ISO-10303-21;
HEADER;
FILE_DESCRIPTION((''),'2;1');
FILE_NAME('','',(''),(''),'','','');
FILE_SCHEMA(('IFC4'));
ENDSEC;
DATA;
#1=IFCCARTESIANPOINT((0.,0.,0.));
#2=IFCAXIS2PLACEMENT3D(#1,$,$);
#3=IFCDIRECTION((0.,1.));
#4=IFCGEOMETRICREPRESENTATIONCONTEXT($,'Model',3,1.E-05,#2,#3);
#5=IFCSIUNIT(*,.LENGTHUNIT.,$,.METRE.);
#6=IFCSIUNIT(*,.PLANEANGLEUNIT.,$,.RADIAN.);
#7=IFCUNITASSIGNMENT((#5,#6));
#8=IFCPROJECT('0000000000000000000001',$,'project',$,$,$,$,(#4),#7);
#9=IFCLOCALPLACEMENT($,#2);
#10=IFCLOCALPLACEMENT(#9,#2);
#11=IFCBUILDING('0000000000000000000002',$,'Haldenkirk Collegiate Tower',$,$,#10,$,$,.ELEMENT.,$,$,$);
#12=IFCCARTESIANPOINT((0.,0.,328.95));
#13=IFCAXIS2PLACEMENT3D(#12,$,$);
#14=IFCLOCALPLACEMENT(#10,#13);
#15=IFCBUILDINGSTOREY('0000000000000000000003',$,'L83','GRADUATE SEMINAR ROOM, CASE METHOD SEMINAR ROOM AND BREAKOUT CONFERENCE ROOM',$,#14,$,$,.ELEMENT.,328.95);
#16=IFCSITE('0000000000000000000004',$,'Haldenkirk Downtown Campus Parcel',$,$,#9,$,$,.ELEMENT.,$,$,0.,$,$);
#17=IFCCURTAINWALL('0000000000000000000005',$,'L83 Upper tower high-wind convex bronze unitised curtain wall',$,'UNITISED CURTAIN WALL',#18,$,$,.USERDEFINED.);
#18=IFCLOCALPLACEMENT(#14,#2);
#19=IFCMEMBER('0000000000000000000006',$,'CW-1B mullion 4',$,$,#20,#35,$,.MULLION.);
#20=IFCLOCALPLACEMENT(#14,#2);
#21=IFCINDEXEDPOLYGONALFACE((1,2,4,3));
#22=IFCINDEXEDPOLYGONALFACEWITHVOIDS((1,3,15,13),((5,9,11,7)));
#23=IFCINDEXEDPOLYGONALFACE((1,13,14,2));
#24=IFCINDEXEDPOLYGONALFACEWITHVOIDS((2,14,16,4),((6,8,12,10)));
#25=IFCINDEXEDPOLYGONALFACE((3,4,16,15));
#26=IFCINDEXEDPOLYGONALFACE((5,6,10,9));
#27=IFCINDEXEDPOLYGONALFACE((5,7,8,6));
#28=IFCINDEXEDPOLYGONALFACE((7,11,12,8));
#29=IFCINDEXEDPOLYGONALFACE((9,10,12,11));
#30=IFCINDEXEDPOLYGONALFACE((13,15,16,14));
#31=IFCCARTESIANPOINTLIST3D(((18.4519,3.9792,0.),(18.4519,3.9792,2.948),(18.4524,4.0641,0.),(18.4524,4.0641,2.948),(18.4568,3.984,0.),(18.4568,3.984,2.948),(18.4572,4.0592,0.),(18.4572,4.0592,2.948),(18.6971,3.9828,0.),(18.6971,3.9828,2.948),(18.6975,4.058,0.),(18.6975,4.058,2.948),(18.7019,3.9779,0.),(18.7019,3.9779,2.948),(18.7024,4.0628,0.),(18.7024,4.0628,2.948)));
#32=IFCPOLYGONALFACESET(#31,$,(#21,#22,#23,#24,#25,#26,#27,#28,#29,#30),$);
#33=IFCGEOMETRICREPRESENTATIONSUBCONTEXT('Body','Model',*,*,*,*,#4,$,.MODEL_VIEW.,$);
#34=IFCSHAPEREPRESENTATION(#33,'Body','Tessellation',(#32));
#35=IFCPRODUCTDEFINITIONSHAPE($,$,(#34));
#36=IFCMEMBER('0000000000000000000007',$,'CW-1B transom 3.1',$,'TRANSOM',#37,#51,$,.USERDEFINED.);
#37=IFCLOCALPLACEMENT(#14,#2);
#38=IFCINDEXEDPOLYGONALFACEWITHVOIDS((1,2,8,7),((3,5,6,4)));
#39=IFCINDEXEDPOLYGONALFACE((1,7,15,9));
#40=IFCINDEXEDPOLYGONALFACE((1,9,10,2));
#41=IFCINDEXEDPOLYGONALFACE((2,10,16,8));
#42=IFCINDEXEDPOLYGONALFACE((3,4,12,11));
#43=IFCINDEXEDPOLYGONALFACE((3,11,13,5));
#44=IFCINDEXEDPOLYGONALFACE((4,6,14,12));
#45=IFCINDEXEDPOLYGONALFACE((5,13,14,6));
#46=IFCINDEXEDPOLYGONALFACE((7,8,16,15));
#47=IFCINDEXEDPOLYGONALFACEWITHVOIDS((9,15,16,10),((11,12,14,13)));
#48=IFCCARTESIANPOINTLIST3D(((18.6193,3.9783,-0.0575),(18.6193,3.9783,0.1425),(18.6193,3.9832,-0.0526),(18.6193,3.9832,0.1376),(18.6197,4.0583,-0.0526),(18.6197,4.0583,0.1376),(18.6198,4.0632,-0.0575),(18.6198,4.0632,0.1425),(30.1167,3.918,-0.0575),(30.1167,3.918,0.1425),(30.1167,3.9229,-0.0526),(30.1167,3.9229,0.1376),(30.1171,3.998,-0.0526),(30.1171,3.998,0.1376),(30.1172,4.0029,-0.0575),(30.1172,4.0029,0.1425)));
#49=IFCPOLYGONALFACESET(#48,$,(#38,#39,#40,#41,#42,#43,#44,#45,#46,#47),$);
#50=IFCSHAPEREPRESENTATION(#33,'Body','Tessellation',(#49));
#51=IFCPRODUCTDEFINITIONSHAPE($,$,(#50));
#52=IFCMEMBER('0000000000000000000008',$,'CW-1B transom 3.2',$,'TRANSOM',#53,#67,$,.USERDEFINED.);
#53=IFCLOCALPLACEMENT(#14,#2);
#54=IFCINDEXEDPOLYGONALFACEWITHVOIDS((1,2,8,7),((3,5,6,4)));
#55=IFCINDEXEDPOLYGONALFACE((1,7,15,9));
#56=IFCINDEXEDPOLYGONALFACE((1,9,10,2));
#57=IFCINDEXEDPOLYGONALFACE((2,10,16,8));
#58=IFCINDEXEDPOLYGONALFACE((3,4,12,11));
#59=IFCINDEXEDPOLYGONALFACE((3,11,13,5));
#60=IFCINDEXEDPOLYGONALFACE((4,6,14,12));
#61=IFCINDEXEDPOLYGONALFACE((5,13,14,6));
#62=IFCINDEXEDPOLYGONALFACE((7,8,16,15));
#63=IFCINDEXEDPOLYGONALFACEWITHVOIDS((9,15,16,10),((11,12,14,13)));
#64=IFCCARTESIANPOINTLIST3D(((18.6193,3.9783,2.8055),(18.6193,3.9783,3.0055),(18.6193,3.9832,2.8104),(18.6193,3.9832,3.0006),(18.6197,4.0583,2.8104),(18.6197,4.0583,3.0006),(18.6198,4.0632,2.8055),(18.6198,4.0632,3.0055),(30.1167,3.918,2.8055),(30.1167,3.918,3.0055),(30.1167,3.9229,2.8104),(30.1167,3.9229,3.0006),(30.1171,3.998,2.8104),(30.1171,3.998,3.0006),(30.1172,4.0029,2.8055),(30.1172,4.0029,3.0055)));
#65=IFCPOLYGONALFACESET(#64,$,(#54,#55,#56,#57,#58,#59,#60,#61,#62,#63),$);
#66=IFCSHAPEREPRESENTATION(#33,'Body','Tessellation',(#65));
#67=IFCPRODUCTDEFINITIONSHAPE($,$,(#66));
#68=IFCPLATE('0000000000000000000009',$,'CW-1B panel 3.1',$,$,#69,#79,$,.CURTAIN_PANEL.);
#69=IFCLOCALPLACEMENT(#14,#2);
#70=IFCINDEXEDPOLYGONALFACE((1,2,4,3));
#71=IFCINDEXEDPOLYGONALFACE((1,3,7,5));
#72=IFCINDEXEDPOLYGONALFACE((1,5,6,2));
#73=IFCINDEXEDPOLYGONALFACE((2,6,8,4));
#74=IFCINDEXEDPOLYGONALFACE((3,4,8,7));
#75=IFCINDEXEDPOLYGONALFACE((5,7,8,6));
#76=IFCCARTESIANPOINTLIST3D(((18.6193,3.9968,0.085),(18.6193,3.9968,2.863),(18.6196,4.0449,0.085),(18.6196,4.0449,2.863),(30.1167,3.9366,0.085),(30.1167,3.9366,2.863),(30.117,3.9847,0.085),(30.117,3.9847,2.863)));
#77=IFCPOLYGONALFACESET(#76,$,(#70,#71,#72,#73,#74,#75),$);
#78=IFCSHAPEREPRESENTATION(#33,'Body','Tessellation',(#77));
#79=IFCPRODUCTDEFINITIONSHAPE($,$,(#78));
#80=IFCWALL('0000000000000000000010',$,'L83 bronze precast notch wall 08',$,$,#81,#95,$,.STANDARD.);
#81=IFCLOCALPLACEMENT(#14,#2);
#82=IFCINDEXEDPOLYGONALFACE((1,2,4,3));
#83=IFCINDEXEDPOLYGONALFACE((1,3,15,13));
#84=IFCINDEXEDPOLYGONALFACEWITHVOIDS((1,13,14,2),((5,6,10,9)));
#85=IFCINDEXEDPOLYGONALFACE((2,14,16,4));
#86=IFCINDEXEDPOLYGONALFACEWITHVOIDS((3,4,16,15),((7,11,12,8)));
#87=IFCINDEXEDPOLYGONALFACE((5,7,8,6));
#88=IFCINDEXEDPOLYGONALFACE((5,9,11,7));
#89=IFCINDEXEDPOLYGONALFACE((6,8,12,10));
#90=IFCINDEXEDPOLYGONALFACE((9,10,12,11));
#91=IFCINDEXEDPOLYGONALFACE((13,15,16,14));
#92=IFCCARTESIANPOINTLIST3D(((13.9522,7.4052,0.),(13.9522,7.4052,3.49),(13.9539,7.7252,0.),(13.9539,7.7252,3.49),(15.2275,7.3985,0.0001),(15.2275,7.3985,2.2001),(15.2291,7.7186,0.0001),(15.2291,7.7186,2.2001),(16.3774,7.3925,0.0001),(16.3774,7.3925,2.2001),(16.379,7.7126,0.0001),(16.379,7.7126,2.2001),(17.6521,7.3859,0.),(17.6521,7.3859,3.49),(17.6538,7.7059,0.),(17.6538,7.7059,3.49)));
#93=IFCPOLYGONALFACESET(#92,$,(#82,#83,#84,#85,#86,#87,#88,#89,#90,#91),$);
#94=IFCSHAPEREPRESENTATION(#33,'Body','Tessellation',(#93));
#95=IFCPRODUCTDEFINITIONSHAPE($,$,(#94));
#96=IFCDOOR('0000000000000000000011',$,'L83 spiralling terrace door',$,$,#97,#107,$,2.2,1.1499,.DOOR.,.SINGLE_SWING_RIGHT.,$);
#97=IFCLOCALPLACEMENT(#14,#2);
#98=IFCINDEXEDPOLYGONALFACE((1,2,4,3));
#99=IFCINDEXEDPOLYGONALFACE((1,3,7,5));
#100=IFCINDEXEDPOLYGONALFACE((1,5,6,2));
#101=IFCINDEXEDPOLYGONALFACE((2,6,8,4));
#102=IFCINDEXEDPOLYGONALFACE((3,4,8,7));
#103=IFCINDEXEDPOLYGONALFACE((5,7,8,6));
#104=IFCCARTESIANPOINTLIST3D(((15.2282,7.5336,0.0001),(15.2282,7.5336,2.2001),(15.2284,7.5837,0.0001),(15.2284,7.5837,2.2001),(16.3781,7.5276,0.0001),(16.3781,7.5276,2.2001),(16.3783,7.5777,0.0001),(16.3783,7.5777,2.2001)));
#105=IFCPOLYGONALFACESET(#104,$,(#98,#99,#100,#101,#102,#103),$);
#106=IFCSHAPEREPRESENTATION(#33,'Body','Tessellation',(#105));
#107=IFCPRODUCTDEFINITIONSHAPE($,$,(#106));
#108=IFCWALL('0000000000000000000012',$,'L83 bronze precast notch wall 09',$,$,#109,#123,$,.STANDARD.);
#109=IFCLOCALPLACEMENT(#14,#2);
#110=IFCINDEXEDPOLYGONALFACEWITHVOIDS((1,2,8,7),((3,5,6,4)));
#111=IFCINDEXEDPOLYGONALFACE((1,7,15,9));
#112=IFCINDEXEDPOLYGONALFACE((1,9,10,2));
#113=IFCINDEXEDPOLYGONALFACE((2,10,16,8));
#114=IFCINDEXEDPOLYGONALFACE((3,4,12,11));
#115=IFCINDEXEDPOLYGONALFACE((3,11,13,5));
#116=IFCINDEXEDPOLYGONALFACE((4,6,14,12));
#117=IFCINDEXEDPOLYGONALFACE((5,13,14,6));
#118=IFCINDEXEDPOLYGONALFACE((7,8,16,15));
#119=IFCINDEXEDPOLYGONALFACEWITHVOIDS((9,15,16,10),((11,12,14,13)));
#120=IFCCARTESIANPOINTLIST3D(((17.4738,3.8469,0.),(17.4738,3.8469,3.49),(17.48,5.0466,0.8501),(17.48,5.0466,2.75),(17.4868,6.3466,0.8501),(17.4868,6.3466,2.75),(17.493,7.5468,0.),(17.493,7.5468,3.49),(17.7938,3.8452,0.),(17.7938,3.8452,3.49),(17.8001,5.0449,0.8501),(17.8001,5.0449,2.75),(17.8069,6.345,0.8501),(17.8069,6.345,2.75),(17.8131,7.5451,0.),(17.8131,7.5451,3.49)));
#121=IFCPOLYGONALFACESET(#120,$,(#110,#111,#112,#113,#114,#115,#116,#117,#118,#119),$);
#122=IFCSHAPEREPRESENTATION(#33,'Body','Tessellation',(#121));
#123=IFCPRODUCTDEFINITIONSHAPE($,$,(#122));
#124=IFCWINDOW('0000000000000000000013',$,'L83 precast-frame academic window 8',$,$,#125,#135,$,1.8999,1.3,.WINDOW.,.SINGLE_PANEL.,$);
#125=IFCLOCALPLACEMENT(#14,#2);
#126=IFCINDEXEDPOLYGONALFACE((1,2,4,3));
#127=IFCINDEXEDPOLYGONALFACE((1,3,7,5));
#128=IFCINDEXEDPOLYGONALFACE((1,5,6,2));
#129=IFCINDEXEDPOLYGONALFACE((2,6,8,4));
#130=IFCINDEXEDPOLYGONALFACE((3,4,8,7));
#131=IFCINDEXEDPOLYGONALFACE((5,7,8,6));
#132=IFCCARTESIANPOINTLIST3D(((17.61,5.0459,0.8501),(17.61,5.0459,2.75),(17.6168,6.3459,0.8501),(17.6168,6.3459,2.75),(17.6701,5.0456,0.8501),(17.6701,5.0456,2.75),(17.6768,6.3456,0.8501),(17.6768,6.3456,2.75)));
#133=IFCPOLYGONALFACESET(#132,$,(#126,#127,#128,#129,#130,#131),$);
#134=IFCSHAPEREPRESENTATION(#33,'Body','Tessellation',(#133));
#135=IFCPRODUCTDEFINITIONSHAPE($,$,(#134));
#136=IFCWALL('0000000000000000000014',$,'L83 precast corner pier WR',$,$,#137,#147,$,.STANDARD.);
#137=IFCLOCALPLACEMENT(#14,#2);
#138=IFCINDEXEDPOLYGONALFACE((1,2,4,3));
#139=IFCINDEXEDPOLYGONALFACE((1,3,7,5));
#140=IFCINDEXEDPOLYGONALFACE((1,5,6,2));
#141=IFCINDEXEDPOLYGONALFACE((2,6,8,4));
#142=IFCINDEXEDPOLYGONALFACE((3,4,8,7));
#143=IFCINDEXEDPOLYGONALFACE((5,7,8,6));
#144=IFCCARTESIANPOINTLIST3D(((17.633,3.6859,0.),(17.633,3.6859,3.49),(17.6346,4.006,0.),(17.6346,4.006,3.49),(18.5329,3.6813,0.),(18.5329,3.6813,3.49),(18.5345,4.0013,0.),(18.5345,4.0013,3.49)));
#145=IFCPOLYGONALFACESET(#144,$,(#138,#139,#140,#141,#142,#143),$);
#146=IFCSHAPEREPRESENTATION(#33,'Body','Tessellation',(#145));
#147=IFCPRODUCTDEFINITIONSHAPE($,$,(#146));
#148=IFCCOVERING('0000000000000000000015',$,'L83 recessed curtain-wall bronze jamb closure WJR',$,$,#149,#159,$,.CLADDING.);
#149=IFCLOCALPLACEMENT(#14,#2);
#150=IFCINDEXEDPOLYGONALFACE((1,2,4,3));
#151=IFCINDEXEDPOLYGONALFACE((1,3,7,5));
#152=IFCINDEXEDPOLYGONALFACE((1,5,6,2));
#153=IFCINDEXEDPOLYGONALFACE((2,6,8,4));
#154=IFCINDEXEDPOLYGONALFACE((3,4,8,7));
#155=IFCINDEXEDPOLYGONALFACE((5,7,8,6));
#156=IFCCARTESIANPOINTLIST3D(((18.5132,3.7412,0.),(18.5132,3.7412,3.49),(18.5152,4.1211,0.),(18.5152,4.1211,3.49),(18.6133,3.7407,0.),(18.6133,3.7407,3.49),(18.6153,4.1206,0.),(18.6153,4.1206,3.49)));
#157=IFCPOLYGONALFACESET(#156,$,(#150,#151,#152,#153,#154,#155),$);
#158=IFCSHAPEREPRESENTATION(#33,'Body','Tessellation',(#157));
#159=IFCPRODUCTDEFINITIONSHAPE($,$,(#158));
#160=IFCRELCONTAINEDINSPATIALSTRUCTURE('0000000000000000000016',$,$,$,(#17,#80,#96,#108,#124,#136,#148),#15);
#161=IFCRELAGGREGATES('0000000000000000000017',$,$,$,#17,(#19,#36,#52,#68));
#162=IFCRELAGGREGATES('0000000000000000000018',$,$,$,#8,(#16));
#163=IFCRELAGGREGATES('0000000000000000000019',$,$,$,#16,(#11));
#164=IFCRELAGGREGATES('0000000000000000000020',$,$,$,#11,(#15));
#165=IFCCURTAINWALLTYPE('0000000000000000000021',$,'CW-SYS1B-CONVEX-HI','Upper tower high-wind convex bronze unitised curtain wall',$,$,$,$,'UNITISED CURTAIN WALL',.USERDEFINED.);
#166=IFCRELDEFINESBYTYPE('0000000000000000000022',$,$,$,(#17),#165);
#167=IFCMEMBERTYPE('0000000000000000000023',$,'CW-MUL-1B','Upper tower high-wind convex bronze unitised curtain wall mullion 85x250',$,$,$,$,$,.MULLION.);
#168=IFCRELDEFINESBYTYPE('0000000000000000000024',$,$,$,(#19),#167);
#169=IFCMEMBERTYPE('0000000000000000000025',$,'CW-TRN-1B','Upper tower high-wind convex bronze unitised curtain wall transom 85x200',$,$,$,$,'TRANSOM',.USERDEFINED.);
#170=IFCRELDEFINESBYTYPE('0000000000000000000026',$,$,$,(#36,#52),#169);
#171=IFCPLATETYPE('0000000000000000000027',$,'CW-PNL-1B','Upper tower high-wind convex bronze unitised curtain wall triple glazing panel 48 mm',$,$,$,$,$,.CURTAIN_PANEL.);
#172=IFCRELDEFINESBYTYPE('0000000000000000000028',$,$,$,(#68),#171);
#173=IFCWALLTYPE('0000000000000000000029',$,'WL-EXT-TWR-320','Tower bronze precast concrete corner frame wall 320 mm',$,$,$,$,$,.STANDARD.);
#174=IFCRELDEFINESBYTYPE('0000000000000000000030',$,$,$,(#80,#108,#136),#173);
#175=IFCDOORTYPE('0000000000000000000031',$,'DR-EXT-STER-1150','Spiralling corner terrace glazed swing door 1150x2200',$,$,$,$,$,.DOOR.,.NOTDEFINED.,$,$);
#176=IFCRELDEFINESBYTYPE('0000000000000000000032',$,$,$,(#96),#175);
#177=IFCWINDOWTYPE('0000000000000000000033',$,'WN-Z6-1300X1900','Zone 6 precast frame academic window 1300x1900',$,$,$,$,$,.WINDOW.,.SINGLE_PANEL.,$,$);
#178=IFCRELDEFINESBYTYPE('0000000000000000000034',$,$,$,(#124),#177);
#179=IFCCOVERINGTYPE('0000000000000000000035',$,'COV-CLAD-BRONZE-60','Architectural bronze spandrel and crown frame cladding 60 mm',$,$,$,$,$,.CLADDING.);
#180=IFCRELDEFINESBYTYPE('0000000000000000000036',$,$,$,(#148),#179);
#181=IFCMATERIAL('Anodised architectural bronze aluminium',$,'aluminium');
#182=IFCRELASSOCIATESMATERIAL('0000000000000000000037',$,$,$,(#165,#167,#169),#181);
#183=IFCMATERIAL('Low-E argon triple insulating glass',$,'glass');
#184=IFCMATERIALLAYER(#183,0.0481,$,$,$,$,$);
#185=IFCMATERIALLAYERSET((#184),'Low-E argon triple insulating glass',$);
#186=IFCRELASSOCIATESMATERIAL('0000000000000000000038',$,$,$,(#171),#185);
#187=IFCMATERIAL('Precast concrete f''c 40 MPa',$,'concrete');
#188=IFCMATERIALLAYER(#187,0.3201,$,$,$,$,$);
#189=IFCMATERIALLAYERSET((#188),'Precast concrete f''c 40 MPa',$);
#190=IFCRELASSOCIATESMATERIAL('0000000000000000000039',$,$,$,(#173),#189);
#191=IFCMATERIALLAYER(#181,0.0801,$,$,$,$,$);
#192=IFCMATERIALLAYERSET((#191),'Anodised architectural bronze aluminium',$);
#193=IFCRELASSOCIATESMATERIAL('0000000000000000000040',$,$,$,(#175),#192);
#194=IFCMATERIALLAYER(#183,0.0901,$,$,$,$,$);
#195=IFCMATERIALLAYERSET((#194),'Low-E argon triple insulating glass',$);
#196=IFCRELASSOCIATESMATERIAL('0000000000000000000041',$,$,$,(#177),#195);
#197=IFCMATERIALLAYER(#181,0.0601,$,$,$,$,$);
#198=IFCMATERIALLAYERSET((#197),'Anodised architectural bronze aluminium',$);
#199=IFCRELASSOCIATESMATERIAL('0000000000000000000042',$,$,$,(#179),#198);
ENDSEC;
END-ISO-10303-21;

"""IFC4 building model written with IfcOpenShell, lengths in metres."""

from ifc_helpers import new_model, si_unit, direction, frame, frame_2d, origin, origin_2d, place, context, subcontext, project, spatial, rectangle, hollow_rectangle, extrude, source, transform, mapped, material, layer, layer_set, material_profile, profile_set, type_object, element, fill, aggregate, save


model = new_model("IFC4")

# Units and contexts
model_context = context("Model", 3, precision=1e-05, world=origin(), true_north=direction((0.0, 1.0)))
body_context = subcontext(model_context, "Body", "Model", "MODEL_VIEW")
ifc_project = project(units=[si_unit("LENGTHUNIT", "METRE"), si_unit("PLANEANGLEUNIT", "RADIAN")], contexts=[model_context])

# Site, building, storey
site_placement = place(None, origin())
site = spatial("IfcSite", under=ifc_project, at=site_placement, Name="Haldenkirk Downtown Campus Parcel", CompositionType="ELEMENT", RefElevation=0.0)
building_placement = place(site_placement, origin())
building = spatial("IfcBuilding", under=site, at=building_placement, Name="Haldenkirk Collegiate Tower", CompositionType="ELEMENT")
storey_placement = place(building_placement, frame((0.0, 0.0, 328.95)))
storey = spatial("IfcBuildingStorey", under=building, at=storey_placement, Name="L83", Description="GRADUATE SEMINAR ROOM, CASE METHOD SEMINAR ROOM AND BREAKOUT CONFERENCE ROOM", CompositionType="ELEMENT", Elevation=328.95)

# Curtain wall, members, plate
ifc_material_1 = material(Name="Anodised architectural bronze aluminium", Category="aluminium")
curtain_wall_type = type_object("IfcCurtainWallType", Name="CW-SYS1B-CONVEX-HI", Description="Upper tower high-wind convex bronze unitised curtain wall", ElementType="UNITISED CURTAIN WALL", PredefinedType="USERDEFINED", material=ifc_material_1)
curtain_wall_placement = place(storey_placement, origin())
curtain_wall = element("IfcCurtainWall", 1, at=curtain_wall_placement, inside=storey, type_object=curtain_wall_type, Name="L83 Upper tower high-wind convex bronze unitised curtain wall", ObjectType="UNITISED CURTAIN WALL", PredefinedType="USERDEFINED")
ifc_material_profile_1 = material_profile(ifc_material_1, hollow_rectangle(XDim=0.085, YDim=0.25, WallThickness=0.0049, at=origin_2d()), Name="CW-MUL-1B")
ifc_profile_set_1 = profile_set([ifc_material_profile_1], Name="Anodised architectural bronze aluminium")
member_type_1 = type_object("IfcMemberType", Name="CW-MUL-1B", Description="Upper tower high-wind convex bronze unitised curtain wall mullion 85x250", PredefinedType="MULLION", material=ifc_profile_set_1)
member_1_placement = place(storey_placement, frame((18.5771, 4.021, 0.0), z_axis=(0.0, 0.0, 1.0), x_axis=(-0.005239, -0.999986, 0.0)))
member_1 = element("IfcMember", 2, at=member_1_placement, type_object=member_type_1, Name="CW-1B mullion 4", PredefinedType="MULLION", context=body_context, shape_type="SweptSolid", body=[
    extrude(hollow_rectangle(XDim=0.085, YDim=0.25, WallThickness=0.0049, at=origin_2d()), origin(), (0.0, 0.0, 1.0), 2.948),
])
ifc_material_profile_2 = material_profile(ifc_material_1, hollow_rectangle(XDim=0.085, YDim=0.2, WallThickness=0.0049, at=origin_2d()), Name="CW-TRN-1B")
ifc_profile_set_2 = profile_set([ifc_material_profile_2], Name="Anodised architectural bronze aluminium")
member_type_2 = type_object("IfcMemberType", Name="CW-TRN-1B", Description="Upper tower high-wind convex bronze unitised curtain wall transom 85x200", ElementType="TRANSOM", PredefinedType="USERDEFINED", material=ifc_profile_set_2)
member_2_placement = place(storey_placement, frame((30.1169, 3.9604, 0.0425), z_axis=(-0.999986, 0.005245, 0.0), x_axis=(-0.005245, -0.999986, 0.0)))
member_2 = element("IfcMember", 3, at=member_2_placement, type_object=member_type_2, Name="CW-1B transom 3.1", ObjectType="TRANSOM", PredefinedType="USERDEFINED", context=body_context, shape_type="SweptSolid", body=[
    extrude(hollow_rectangle(XDim=0.085, YDim=0.2, WallThickness=0.0049, at=origin_2d()), origin(), (0.0, 0.0, 1.0), 11.4976),
])
member_3_placement = place(storey_placement, frame((30.1169, 3.9604, 2.9055), z_axis=(-0.999986, 0.005245, 0.0), x_axis=(-0.005245, -0.999986, 0.0)))
member_3 = element("IfcMember", 4, at=member_3_placement, type_object=member_type_2, Name="CW-1B transom 3.2", ObjectType="TRANSOM", PredefinedType="USERDEFINED", context=body_context, shape_type="SweptSolid", body=[
    extrude(hollow_rectangle(XDim=0.085, YDim=0.2, WallThickness=0.0049, at=origin_2d()), origin(), (0.0, 0.0, 1.0), 11.4976),
])
ifc_material_2 = material(Name="Low-E argon triple insulating glass", Category="glass")
ifc_layer_1 = layer(ifc_material_2, 0.0481)
ifc_layer_set_1 = layer_set([ifc_layer_1], Name="Low-E argon triple insulating glass")
plate_type = type_object("IfcPlateType", Name="CW-PNL-1B", Description="Upper tower high-wind convex bronze unitised curtain wall triple glazing panel 48 mm", PredefinedType="CURTAIN_PANEL", material=ifc_layer_set_1)
shared_shape_1 = source(origin(), body_context, "Body", "SweptSolid", [
    extrude(rectangle(XDim=11.4976, YDim=0.0481, at=origin_2d()), origin(), (0.0, 0.0, 1.0), 2.7781),
])
plate_placement = place(storey_placement, frame((24.3682, 3.9907, 0.085), z_axis=(0.0, 0.0, 1.0), x_axis=(-0.999986, 0.005239, 0.0)))
plate = element("IfcPlate", 5, at=plate_placement, type_object=plate_type, Name="CW-1B panel 3.1", PredefinedType="CURTAIN_PANEL", context=body_context, shape_type="MappedRepresentation", body=[
    mapped(shared_shape_1, transform((0.0, 0.0, 0.0), x_axis=(1.0, 0.0, 0.0), y_axis=(0.0, 1.0, 0.0), z_axis=(0.0, 0.0, 1.0), scale=1.0)),
])
aggregate(curtain_wall, [member_1, member_2, member_3, plate])

# Wall, opening, door
ifc_material_3 = material(Name="Precast concrete f'c 40 MPa", Category="concrete")
ifc_layer_2 = layer(ifc_material_3, 0.3201)
ifc_layer_set_2 = layer_set([ifc_layer_2], Name="Precast concrete f'c 40 MPa")
wall_type = type_object("IfcWallType", Name="WL-EXT-TWR-320", Description="Tower bronze precast concrete corner frame wall 320 mm", PredefinedType="STANDARD", material=ifc_layer_set_2)
wall_1_placement = place(storey_placement, frame((17.6531, 7.5459, 0.0), z_axis=(0.0, 0.0, 1.0), x_axis=(-0.999986, 0.005213, 0.0)))
wall_1 = element("IfcWall", 6, at=wall_1_placement, inside=storey, type_object=wall_type, Name="L83 bronze precast notch wall 08", PredefinedType="STANDARD", context=body_context, shape_type="SweptSolid", body=[
    extrude(rectangle(XDim=3.7, YDim=0.3201, at=frame_2d((1.8501, 0.0))), origin(), (0.0, 0.0, 1.0), 3.49),
])
opening_1_placement = place(wall_1_placement, frame((1.2749, 0.0, 0.0)))
opening_1 = element("IfcOpeningElement", 7, at=opening_1_placement, cuts=wall_1, PredefinedType="OPENING", context=body_context, shape_type="SweptSolid", body=[
    extrude(rectangle(XDim=1.1499, YDim=2.2, at=frame_2d((0.575, 1.1001))), frame((0.0, 0.1699, 0.0), z_axis=(0.0, -1.0, 0.0), x_axis=(1.0, 0.0, 0.0)), (0.0, 0.0, 1.0), 0.3401),
])
ifc_layer_3 = layer(ifc_material_1, 0.0801)
ifc_layer_set_3 = layer_set([ifc_layer_3], Name="Anodised architectural bronze aluminium")
door_type = type_object("IfcDoorType", Name="DR-EXT-STER-1150", Description="Spiralling corner terrace glazed swing door 1150x2200", OperationType="NOTDEFINED", PredefinedType="DOOR", material=ifc_layer_set_3)
door_placement = place(opening_1_placement, origin())
door = element("IfcDoor", 8, at=door_placement, inside=storey, type_object=door_type, Name="L83 spiralling terrace door", OperationType="SINGLE_SWING_RIGHT", OverallHeight=2.2, OverallWidth=1.1499, PredefinedType="DOOR", context=body_context, shape_type="SweptSolid", body=[
    extrude(rectangle(XDim=1.1499, YDim=2.2, at=frame_2d((0.575, 1.1001))), frame((0.0, 0.0249, 0.0), z_axis=(0.0, -1.0, 0.0), x_axis=(1.0, 0.0, 0.0)), (0.0, 0.0, 1.0), 0.05),
])
fill(opening_1, door)

# Wall, opening, window
wall_2_placement = place(storey_placement, frame((17.6338, 3.8459, 0.0), z_axis=(0.0, 0.0, 1.0), x_axis=(0.005213, 0.999986, 0.0)))
wall_2 = element("IfcWall", 9, at=wall_2_placement, inside=storey, type_object=wall_type, Name="L83 bronze precast notch wall 09", PredefinedType="STANDARD", context=body_context, shape_type="SweptSolid", body=[
    extrude(rectangle(XDim=3.7, YDim=0.3201, at=frame_2d((1.8501, 0.0))), origin(), (0.0, 0.0, 1.0), 3.49),
])
opening_2_placement = place(wall_2_placement, frame((1.2, 0.0, 0.8501)))
opening_2 = element("IfcOpeningElement", 10, at=opening_2_placement, cuts=wall_2, PredefinedType="OPENING", context=body_context, shape_type="SweptSolid", body=[
    extrude(rectangle(XDim=1.3, YDim=1.8999, at=frame_2d((0.6499, 0.95))), frame((0.0, 0.1699, 0.0), z_axis=(0.0, -1.0, 0.0), x_axis=(1.0, 0.0, 0.0)), (0.0, 0.0, 1.0), 0.3401),
])
ifc_layer_4 = layer(ifc_material_2, 0.0901)
ifc_layer_set_4 = layer_set([ifc_layer_4], Name="Low-E argon triple insulating glass")
window_type = type_object("IfcWindowType", Name="WN-Z6-1300X1900", Description="Zone 6 precast frame academic window 1300x1900", PartitioningType="SINGLE_PANEL", PredefinedType="WINDOW", material=ifc_layer_set_4)
window_placement = place(opening_2_placement, origin())
window = element("IfcWindow", 11, at=window_placement, inside=storey, type_object=window_type, Name="L83 precast-frame academic window 8", OverallHeight=1.8999, OverallWidth=1.3, PartitioningType="SINGLE_PANEL", PredefinedType="WINDOW", context=body_context, shape_type="SweptSolid", body=[
    extrude(rectangle(XDim=1.3, YDim=1.8999, at=frame_2d((0.6499, 0.95))), frame((0.0, 0.03, 0.0), z_axis=(0.0, -1.0, 0.0), x_axis=(1.0, 0.0, 0.0)), (0.0, 0.0, 1.0), 0.0601),
])
fill(opening_2, window)

# Wall
wall_3_placement = place(storey_placement, frame((18.5337, 3.8413, 0.0), z_axis=(0.0, 0.0, 1.0), x_axis=(-0.999987, 0.005155, 0.0)))
element("IfcWall", 12, at=wall_3_placement, inside=storey, type_object=wall_type, Name="L83 precast corner pier WR", PredefinedType="STANDARD", context=body_context, shape_type="SweptSolid", body=[
    extrude(rectangle(XDim=0.8999, YDim=0.3201, at=frame_2d((0.45, 0.0))), origin(), (0.0, 0.0, 1.0), 3.49),
])

# Covering
ifc_layer_5 = layer(ifc_material_1, 0.0601)
ifc_layer_set_5 = layer_set([ifc_layer_5], Name="Anodised architectural bronze aluminium")
covering_type = type_object("IfcCoveringType", Name="COV-CLAD-BRONZE-60", Description="Architectural bronze spandrel and crown frame cladding 60 mm", PredefinedType="CLADDING", material=ifc_layer_set_5)
shared_shape_2 = source(origin(), body_context, "Body", "SweptSolid", [
    extrude(rectangle(XDim=0.1001, YDim=0.3799, at=origin_2d()), origin(), (0.0, 0.0, 1.0), 3.49),
])
covering_placement = place(storey_placement, frame((18.5642, 3.9309, 0.0), z_axis=(0.0, 0.0, 1.0), x_axis=(-0.999986, 0.005236, 0.0)))
element("IfcCovering", 13, at=covering_placement, inside=storey, type_object=covering_type, Name="L83 recessed curtain-wall bronze jamb closure WJR", PredefinedType="CLADDING", context=body_context, shape_type="MappedRepresentation", body=[
    mapped(shared_shape_2, transform((0.0, 0.0, 0.0), x_axis=(1.0, 0.0, 0.0), y_axis=(0.0, 1.0, 0.0), z_axis=(0.0, 0.0, 1.0), scale=1.0)),
])

save(model, "model.ifc")
